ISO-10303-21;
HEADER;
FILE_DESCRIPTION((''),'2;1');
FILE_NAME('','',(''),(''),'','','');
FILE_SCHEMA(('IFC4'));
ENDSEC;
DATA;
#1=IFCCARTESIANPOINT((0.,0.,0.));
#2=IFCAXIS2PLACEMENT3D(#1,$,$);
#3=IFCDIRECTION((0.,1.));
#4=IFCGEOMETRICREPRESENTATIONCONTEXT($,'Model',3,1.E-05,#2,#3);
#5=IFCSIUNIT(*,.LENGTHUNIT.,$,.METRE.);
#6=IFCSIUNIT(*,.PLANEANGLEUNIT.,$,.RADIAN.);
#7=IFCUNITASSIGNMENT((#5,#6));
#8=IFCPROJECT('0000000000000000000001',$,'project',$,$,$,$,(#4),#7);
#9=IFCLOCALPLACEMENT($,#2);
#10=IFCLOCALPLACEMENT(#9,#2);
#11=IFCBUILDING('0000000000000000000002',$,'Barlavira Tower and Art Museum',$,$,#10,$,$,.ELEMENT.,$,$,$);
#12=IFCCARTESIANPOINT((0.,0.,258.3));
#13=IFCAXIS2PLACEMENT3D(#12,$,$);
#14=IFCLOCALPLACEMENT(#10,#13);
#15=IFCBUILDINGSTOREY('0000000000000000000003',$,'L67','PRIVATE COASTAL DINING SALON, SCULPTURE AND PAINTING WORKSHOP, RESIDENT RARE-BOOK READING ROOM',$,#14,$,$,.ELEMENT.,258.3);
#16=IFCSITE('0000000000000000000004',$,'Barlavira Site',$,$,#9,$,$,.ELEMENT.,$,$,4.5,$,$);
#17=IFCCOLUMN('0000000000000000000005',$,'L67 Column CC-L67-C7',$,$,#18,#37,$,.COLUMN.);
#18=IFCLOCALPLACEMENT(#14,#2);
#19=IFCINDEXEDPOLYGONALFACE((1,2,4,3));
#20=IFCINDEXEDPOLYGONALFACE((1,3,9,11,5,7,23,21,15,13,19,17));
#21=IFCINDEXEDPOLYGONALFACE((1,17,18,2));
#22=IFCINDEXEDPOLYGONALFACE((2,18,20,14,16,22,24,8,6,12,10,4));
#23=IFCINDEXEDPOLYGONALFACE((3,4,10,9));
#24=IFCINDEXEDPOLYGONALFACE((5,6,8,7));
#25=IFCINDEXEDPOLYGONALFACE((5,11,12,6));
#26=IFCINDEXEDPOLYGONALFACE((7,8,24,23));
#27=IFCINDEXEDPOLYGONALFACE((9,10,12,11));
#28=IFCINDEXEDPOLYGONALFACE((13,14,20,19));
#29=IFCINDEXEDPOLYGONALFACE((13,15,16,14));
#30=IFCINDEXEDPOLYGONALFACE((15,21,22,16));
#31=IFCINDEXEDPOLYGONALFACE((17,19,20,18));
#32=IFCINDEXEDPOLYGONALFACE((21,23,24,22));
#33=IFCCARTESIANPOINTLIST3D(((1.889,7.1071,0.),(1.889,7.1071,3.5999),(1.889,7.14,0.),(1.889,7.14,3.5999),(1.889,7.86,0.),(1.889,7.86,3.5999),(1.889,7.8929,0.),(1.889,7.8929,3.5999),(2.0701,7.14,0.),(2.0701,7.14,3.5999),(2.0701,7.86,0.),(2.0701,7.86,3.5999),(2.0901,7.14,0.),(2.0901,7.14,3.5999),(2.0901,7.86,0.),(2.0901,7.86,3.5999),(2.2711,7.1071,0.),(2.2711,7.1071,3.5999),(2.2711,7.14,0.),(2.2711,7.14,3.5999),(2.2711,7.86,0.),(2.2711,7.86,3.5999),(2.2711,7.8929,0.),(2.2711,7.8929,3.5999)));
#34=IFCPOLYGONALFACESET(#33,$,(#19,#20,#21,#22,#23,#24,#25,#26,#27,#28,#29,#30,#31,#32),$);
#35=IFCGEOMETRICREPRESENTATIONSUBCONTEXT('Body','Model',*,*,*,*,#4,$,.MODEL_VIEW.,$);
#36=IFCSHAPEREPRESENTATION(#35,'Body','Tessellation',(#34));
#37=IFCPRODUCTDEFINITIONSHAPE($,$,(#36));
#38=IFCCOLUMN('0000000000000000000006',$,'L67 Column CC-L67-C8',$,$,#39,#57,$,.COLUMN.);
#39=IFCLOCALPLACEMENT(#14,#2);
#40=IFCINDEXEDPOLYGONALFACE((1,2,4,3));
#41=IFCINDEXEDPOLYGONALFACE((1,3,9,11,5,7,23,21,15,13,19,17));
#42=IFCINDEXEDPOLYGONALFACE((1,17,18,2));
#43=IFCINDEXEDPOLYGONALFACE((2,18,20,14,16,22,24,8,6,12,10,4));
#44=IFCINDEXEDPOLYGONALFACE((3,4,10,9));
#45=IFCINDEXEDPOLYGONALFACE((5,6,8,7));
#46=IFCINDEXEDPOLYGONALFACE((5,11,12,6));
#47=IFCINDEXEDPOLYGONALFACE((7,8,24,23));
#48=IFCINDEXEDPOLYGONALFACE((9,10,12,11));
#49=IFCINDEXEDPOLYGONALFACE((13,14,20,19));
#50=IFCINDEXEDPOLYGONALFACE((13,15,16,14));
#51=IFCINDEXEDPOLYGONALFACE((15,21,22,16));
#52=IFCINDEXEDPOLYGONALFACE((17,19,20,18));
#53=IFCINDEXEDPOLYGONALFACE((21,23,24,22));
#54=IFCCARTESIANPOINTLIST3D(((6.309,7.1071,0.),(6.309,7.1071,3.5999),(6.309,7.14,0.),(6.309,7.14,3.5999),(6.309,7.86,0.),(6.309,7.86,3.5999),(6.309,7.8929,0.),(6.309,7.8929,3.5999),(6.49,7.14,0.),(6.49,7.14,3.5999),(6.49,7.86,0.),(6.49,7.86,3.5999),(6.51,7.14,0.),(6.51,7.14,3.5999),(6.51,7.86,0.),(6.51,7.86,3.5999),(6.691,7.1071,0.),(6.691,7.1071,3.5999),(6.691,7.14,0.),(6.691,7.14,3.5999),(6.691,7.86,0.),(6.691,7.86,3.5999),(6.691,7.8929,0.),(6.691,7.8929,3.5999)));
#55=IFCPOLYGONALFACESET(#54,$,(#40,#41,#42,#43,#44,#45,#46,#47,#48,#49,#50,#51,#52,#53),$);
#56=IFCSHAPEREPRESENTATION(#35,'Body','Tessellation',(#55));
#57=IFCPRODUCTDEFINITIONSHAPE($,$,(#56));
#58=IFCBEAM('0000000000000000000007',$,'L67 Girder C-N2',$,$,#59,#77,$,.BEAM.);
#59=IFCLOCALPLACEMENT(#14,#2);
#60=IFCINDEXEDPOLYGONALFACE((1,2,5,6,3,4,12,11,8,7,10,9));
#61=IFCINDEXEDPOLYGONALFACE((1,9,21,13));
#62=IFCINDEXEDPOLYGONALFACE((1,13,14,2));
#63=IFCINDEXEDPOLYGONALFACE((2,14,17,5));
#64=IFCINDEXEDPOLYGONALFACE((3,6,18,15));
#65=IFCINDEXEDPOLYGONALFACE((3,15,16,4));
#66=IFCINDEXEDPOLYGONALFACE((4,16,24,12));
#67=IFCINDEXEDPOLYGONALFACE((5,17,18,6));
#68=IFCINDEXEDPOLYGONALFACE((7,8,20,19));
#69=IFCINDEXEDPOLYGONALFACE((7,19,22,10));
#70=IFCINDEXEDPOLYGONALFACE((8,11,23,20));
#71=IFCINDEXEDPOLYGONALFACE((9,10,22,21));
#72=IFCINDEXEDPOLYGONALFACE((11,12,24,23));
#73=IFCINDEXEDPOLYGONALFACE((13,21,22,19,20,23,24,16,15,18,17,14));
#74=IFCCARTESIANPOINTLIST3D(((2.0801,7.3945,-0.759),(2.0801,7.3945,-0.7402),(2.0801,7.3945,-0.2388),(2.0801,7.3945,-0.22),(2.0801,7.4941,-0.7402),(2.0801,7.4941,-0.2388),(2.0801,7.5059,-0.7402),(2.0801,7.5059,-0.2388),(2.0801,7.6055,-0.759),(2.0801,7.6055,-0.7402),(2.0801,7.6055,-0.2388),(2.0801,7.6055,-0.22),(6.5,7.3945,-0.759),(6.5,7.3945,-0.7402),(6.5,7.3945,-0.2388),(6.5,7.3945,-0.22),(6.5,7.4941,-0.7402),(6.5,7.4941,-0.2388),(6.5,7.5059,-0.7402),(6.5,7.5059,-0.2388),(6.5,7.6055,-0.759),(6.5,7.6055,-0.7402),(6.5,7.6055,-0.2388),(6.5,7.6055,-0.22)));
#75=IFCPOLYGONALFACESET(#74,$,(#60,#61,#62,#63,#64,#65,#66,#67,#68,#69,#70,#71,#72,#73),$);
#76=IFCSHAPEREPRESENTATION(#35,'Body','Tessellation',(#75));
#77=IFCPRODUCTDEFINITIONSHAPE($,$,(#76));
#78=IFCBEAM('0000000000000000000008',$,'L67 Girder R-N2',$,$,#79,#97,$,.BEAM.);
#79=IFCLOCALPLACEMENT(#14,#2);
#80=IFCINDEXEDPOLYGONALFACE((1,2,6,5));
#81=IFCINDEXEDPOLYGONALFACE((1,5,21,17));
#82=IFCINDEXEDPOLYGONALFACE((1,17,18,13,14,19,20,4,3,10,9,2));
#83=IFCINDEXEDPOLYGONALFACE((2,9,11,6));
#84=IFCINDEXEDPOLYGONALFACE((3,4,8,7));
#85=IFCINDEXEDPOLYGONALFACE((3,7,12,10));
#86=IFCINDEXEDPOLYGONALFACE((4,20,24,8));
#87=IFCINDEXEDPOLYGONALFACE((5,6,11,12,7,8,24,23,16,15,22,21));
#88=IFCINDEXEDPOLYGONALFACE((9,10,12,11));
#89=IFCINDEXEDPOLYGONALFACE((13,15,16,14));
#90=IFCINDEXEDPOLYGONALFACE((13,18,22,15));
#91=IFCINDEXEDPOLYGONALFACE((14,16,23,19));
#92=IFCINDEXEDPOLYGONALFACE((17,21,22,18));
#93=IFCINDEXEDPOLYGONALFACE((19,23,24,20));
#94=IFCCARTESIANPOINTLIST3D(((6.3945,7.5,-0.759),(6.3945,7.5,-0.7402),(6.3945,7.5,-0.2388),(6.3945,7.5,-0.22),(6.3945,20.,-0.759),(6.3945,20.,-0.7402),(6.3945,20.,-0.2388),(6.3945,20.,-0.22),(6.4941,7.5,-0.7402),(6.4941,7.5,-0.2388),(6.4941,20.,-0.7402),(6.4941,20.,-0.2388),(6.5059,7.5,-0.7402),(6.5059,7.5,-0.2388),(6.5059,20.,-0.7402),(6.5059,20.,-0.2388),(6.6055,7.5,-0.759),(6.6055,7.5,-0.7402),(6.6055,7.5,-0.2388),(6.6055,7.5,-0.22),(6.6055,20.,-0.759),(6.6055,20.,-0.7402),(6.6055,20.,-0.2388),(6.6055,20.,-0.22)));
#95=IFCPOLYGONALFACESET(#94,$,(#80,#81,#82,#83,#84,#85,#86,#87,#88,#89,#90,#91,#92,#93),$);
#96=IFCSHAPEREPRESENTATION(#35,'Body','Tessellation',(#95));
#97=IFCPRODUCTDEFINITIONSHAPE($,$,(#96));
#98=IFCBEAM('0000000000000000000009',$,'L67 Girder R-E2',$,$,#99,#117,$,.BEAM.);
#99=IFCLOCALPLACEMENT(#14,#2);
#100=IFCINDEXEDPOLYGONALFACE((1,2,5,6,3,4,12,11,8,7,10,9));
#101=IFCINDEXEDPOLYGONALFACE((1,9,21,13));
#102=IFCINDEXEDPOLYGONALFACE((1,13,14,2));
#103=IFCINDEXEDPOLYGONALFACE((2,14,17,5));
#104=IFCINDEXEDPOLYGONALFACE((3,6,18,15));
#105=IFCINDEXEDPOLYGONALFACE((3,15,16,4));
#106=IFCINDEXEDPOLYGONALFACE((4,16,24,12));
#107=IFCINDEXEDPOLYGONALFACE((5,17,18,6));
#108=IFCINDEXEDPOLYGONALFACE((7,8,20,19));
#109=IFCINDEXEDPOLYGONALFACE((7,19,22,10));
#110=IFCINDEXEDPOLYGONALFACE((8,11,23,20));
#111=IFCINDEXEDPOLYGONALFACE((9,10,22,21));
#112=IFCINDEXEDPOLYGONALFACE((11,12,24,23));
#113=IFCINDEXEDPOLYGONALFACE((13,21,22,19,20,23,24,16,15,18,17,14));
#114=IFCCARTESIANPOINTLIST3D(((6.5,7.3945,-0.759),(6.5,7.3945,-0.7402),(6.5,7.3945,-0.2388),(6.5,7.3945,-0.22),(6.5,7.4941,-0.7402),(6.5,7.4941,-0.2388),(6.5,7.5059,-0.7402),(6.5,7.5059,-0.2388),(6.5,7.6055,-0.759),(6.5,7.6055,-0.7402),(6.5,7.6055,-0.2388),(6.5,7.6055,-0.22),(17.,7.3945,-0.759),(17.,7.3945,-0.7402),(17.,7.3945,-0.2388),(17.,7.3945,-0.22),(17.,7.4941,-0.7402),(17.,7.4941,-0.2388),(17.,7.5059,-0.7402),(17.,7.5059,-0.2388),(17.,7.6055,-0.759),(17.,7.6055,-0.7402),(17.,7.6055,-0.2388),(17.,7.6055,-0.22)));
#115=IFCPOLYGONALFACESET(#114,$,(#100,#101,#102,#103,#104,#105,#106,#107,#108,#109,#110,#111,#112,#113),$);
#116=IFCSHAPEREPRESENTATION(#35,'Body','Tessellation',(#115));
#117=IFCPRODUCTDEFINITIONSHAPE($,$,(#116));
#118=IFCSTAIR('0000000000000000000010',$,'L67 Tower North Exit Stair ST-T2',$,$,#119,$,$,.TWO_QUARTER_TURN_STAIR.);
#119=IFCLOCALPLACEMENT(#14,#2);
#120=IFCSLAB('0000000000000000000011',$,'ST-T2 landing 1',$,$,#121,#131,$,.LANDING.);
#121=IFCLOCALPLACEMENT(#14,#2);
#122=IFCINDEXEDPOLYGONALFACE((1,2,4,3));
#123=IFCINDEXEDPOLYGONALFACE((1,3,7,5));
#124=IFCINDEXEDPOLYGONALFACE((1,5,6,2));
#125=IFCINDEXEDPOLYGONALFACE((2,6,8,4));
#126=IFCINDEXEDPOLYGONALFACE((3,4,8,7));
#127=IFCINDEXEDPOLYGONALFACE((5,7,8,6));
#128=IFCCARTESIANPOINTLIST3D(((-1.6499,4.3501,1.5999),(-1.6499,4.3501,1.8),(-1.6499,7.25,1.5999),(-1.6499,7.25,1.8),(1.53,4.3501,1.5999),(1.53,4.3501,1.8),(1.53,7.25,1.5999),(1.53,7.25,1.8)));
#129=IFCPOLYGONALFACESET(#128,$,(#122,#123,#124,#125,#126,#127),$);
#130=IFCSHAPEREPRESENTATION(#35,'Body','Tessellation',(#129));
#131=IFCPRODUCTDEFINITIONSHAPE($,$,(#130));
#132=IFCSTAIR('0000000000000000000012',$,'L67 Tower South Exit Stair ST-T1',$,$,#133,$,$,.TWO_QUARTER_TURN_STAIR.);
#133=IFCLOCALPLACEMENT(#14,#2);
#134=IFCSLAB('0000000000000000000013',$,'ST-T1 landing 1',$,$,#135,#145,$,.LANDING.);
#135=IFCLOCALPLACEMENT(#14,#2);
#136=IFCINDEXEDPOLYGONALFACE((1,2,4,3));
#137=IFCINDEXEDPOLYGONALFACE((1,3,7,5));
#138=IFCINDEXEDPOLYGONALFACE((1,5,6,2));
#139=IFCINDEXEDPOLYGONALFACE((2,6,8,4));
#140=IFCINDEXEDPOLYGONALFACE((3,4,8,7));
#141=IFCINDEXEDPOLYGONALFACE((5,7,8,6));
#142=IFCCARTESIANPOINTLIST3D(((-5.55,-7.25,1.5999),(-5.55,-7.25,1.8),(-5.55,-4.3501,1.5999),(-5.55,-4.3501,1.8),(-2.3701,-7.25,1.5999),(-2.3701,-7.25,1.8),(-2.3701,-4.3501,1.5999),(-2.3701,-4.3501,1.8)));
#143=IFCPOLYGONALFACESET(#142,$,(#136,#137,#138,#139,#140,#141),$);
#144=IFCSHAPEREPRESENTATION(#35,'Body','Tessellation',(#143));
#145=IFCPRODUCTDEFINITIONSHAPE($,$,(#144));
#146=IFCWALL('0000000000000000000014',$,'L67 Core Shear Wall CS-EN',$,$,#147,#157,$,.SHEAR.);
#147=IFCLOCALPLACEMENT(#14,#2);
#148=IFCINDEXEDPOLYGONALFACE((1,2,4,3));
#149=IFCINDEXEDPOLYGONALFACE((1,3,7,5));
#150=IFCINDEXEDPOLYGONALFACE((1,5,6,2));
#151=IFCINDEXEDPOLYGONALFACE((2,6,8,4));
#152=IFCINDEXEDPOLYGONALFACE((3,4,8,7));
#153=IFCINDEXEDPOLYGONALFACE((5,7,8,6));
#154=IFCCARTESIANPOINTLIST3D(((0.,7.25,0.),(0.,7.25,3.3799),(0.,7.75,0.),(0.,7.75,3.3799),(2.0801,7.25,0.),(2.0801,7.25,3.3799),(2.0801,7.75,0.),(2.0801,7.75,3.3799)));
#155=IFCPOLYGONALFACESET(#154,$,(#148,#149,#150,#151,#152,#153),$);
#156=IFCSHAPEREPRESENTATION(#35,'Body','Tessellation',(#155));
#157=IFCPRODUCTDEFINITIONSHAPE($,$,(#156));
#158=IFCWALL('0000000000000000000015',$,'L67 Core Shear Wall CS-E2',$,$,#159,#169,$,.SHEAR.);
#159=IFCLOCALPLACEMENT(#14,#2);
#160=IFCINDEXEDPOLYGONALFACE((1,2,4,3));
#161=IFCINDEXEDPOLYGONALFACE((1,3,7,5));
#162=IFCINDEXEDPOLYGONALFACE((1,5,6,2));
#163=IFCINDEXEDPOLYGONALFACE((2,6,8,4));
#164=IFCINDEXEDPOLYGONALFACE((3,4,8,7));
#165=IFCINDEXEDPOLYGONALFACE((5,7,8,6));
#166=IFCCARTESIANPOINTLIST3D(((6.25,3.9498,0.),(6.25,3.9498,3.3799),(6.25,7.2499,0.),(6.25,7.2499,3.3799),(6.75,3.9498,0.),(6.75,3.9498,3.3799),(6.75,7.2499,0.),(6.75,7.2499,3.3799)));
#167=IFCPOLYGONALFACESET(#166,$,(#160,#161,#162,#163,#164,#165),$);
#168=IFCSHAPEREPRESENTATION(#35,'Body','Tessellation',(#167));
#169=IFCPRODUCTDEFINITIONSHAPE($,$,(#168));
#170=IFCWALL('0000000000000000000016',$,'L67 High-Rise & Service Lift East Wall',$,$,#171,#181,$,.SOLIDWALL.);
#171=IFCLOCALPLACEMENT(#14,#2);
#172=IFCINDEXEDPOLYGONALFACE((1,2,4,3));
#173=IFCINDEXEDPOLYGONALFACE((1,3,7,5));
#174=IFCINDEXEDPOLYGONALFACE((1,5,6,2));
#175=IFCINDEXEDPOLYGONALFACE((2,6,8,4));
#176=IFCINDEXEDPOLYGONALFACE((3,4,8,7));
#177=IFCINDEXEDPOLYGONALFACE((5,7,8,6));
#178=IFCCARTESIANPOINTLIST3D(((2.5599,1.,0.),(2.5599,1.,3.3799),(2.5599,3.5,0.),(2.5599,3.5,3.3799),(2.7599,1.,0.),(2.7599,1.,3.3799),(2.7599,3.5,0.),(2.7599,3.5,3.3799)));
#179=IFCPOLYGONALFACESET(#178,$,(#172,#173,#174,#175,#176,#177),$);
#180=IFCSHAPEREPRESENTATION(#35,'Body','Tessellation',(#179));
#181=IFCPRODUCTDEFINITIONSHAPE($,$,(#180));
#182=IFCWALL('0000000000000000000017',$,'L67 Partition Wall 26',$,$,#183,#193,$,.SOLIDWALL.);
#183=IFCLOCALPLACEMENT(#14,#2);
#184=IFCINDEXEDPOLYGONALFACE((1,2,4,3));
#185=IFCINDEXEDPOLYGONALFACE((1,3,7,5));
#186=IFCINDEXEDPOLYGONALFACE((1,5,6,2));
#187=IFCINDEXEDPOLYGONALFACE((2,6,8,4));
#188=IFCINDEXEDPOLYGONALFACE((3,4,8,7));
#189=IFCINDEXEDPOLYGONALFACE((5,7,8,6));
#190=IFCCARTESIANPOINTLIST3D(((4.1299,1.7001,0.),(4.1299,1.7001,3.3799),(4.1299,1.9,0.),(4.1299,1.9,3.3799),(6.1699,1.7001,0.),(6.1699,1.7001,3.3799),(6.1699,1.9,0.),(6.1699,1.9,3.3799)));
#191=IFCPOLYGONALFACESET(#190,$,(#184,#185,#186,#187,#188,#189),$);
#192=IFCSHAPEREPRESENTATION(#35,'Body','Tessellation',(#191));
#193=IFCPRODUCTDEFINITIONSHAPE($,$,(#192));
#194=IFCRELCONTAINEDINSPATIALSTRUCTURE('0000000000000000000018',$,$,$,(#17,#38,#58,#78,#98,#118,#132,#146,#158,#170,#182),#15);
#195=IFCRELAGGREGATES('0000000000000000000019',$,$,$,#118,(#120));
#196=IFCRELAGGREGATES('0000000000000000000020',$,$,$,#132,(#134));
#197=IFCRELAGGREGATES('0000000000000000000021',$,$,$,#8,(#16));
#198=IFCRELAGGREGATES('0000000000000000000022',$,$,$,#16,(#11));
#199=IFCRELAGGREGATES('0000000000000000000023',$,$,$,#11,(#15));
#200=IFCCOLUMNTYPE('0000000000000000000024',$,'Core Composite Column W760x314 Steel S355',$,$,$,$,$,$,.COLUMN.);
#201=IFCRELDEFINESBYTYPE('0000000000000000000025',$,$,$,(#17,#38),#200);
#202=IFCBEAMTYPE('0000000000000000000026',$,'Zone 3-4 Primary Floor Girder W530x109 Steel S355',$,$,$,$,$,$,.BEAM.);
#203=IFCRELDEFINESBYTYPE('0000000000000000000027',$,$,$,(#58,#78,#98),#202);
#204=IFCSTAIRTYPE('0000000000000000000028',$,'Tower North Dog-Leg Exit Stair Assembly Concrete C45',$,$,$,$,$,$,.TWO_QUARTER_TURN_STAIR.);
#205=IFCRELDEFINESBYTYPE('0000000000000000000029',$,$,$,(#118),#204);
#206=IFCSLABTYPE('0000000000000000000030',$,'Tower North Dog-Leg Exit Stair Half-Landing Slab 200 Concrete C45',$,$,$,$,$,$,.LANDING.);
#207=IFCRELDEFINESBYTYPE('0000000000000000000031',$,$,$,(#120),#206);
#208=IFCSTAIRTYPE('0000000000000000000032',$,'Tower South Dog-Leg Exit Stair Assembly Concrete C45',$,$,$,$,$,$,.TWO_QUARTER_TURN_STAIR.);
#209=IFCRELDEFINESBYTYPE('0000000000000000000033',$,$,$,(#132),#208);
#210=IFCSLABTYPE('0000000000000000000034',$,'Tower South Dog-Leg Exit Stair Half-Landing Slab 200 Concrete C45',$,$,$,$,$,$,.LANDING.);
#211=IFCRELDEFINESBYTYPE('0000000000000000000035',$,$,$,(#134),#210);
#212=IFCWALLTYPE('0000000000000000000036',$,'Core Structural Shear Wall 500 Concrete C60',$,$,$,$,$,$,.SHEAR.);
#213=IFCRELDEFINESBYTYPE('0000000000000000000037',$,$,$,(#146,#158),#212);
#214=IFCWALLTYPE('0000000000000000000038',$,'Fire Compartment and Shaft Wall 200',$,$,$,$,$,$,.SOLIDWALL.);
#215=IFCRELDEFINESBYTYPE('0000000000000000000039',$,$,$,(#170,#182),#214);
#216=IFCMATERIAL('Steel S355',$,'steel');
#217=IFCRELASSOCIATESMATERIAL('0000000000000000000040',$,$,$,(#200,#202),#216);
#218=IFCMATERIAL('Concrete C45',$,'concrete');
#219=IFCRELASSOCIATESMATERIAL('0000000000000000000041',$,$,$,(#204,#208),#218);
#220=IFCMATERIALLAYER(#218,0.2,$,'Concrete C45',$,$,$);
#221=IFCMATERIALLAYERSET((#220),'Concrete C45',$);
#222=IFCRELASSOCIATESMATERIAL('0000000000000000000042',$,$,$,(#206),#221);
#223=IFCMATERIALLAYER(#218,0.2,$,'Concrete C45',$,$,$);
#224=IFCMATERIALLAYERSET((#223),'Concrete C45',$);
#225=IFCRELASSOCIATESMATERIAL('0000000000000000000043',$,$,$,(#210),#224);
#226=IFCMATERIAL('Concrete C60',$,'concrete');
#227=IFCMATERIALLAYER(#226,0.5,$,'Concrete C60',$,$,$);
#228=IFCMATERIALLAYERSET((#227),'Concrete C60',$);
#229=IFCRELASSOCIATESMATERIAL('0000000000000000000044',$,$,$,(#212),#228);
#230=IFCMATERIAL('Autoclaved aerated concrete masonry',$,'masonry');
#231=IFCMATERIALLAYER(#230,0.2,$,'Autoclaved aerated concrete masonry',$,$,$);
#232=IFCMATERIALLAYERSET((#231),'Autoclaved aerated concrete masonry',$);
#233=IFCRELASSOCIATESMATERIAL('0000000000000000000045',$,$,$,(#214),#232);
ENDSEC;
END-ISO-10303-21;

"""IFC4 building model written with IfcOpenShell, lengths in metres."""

from ifc_helpers import new_model, si_unit, direction, frame, frame_2d, origin, origin_2d, place, context, subcontext, project, spatial, polyline, rectangle, i_section, outline, extrude, material, layer, layer_set, material_profile, profile_set, type_object, element, aggregate, save


model = new_model("IFC4")

# Units and contexts
model_context = context("Model", 3, precision=1e-05, world=origin(), true_north=direction((0.0, 1.0)))
body_context = subcontext(model_context, "Body", "Model", "MODEL_VIEW")
ifc_project = project(units=[si_unit("LENGTHUNIT", "METRE"), si_unit("PLANEANGLEUNIT", "RADIAN")], contexts=[model_context])

# Site, building, storey
site_placement = place(None, origin())
site = spatial("IfcSite", under=ifc_project, at=site_placement, Name="Barlavira Site", CompositionType="ELEMENT", RefElevation=4.5)
building_placement = place(site_placement, origin())
building = spatial("IfcBuilding", under=site, at=building_placement, Name="Barlavira Tower and Art Museum", CompositionType="ELEMENT")
storey_placement = place(building_placement, frame((0.0, 0.0, 258.3)))
storey = spatial("IfcBuildingStorey", under=building, at=storey_placement, Name="L67", Description="PRIVATE COASTAL DINING SALON, SCULPTURE AND PAINTING WORKSHOP, RESIDENT RARE-BOOK READING ROOM", CompositionType="ELEMENT", Elevation=258.3)

# Columns
ifc_material_1 = material(Name="Steel S355", Category="steel")
ifc_material_profile_1 = material_profile(ifc_material_1, i_section(OverallWidth=0.3821, OverallDepth=0.7859, WebThickness=0.02, FlangeThickness=0.033, at=origin_2d()), Name="W760x314.0")
ifc_profile_set_1 = profile_set([ifc_material_profile_1], Name="Steel S355")
column_type = type_object("IfcColumnType", Name="Core Composite Column W760x314 Steel S355", PredefinedType="COLUMN", material=ifc_profile_set_1)
for number, where, z_axis, x_axis, name in (
    (1, (2.0801, 7.5, 0.0), (0.0, 0.0, 1.0), (1.0, 0.0, 0.0), "L67 Column CC-L67-C7"),
    (2, (6.5, 7.5, 0.0), (0.0, 0.0, 1.0), (1.0, 0.0, 0.0), "L67 Column CC-L67-C8"),
):
    element("IfcColumn", number, at=place(storey_placement, frame(where, z_axis=z_axis, x_axis=x_axis)), inside=storey, type_object=column_type, Name=name, PredefinedType="COLUMN", context=body_context, shape_type="SweptSolid", body=[
        extrude(i_section(OverallWidth=0.3821, OverallDepth=0.7859, WebThickness=0.02, FlangeThickness=0.033, at=origin_2d()), origin(), (0.0, 0.0, 1.0), 3.5999),
    ])

# Beams
ifc_material_profile_2 = material_profile(ifc_material_1, i_section(OverallWidth=0.2109, OverallDepth=0.5391, WebThickness=0.0117, FlangeThickness=0.0188, at=origin_2d()), Name="W530x109.0")
ifc_profile_set_2 = profile_set([ifc_material_profile_2], Name="Steel S355")
beam_type = type_object("IfcBeamType", Name="Zone 3-4 Primary Floor Girder W530x109 Steel S355", PredefinedType="BEAM", material=ifc_profile_set_2)
beam_1_placement = place(storey_placement, frame((2.0801, 7.5, -0.4895), z_axis=(1.0, 0.0, 0.0), x_axis=(0.0, 1.0, 0.0)))
element("IfcBeam", 3, at=beam_1_placement, inside=storey, type_object=beam_type, Name="L67 Girder C-N2", PredefinedType="BEAM", context=body_context, shape_type="SweptSolid", body=[
    extrude(i_section(OverallWidth=0.2109, OverallDepth=0.5391, WebThickness=0.0117, FlangeThickness=0.0188, at=origin_2d()), origin(), (0.0, 0.0, 1.0), 4.4199),
])
beam_2_placement = place(storey_placement, frame((6.5, 7.5, -0.4895), z_axis=(0.0, 1.0, 0.0), x_axis=(-1.0, 0.0, 0.0)))
element("IfcBeam", 4, at=beam_2_placement, inside=storey, type_object=beam_type, Name="L67 Girder R-N2", PredefinedType="BEAM", context=body_context, shape_type="SweptSolid", body=[
    extrude(i_section(OverallWidth=0.2109, OverallDepth=0.5391, WebThickness=0.0117, FlangeThickness=0.0188, at=origin_2d()), origin(), (0.0, 0.0, 1.0), 12.5),
])
beam_3_placement = place(storey_placement, frame((6.5, 7.5, -0.4895), z_axis=(1.0, 0.0, 0.0), x_axis=(0.0, 1.0, 0.0)))
element("IfcBeam", 5, at=beam_3_placement, inside=storey, type_object=beam_type, Name="L67 Girder R-E2", PredefinedType="BEAM", context=body_context, shape_type="SweptSolid", body=[
    extrude(i_section(OverallWidth=0.2109, OverallDepth=0.5391, WebThickness=0.0117, FlangeThickness=0.0188, at=origin_2d()), origin(), (0.0, 0.0, 1.0), 10.5),
])

# Stairs, slabs
ifc_material_2 = material(Name="Concrete C45", Category="concrete")
stair_type_1 = type_object("IfcStairType", Name="Tower North Dog-Leg Exit Stair Assembly Concrete C45", PredefinedType="TWO_QUARTER_TURN_STAIR", material=ifc_material_2)
stair_1_placement = place(storey_placement, origin())
stair_1 = element("IfcStair", 6, at=stair_1_placement, inside=storey, type_object=stair_type_1, Name="L67 Tower North Exit Stair ST-T2", PredefinedType="TWO_QUARTER_TURN_STAIR")
ifc_layer_1 = layer(ifc_material_2, 0.2, Name="Concrete C45")
ifc_layer_set_1 = layer_set([ifc_layer_1], Name="Concrete C45")
slab_type_1 = type_object("IfcSlabType", Name="Tower North Dog-Leg Exit Stair Half-Landing Slab 200 Concrete C45", PredefinedType="LANDING", material=ifc_layer_set_1)
slab_1_placement = place(storey_placement, frame((0.0, 0.0, 1.5999)))
slab_1 = element("IfcSlab", 7, at=slab_1_placement, type_object=slab_type_1, Name="ST-T2 landing 1", PredefinedType="LANDING", context=body_context, shape_type="SweptSolid", body=[
    extrude(outline(polyline([(-1.6499, 4.3501), (1.53, 4.3501), (1.53, 7.25), (-1.6499, 7.25), (-1.6499, 4.3501)])), origin(), (0.0, 0.0, 1.0), 0.2002),
])
aggregate(stair_1, [slab_1])
stair_type_2 = type_object("IfcStairType", Name="Tower South Dog-Leg Exit Stair Assembly Concrete C45", PredefinedType="TWO_QUARTER_TURN_STAIR", material=ifc_material_2)
stair_2_placement = place(storey_placement, origin())
stair_2 = element("IfcStair", 8, at=stair_2_placement, inside=storey, type_object=stair_type_2, Name="L67 Tower South Exit Stair ST-T1", PredefinedType="TWO_QUARTER_TURN_STAIR")
ifc_layer_2 = layer(ifc_material_2, 0.2, Name="Concrete C45")
ifc_layer_set_2 = layer_set([ifc_layer_2], Name="Concrete C45")
slab_type_2 = type_object("IfcSlabType", Name="Tower South Dog-Leg Exit Stair Half-Landing Slab 200 Concrete C45", PredefinedType="LANDING", material=ifc_layer_set_2)
slab_2_placement = place(storey_placement, frame((0.0, 0.0, 1.5999)))
slab_2 = element("IfcSlab", 9, at=slab_2_placement, type_object=slab_type_2, Name="ST-T1 landing 1", PredefinedType="LANDING", context=body_context, shape_type="SweptSolid", body=[
    extrude(outline(polyline([(-2.3701, -4.3501), (-5.55, -4.3501), (-5.55, -7.25), (-2.3701, -7.25), (-2.3701, -4.3501)])), origin(), (0.0, 0.0, 1.0), 0.2002),
])
aggregate(stair_2, [slab_2])

# Walls
ifc_material_3 = material(Name="Concrete C60", Category="concrete")
ifc_layer_3 = layer(ifc_material_3, 0.5, Name="Concrete C60")
ifc_layer_set_3 = layer_set([ifc_layer_3], Name="Concrete C60")
wall_type_1 = type_object("IfcWallType", Name="Core Structural Shear Wall 500 Concrete C60", PredefinedType="SHEAR", material=ifc_layer_set_3)
wall_1_placement = place(storey_placement, frame((0.0, 7.5, 0.0), z_axis=(0.0, 0.0, 1.0), x_axis=(1.0, 0.0, 0.0)))
element("IfcWall", 10, at=wall_1_placement, inside=storey, type_object=wall_type_1, Name="L67 Core Shear Wall CS-EN", PredefinedType="SHEAR", context=body_context, shape_type="SweptSolid", body=[
    extrude(rectangle(XDim=2.0801, YDim=0.5, at=frame_2d((1.04, 0.0))), origin(), (0.0, 0.0, 1.0), 3.3799),
])
wall_2_placement = place(storey_placement, frame((6.5, 3.95, 0.0), z_axis=(0.0, 0.0, 1.0), x_axis=(0.0, 1.0, 0.0)))
element("IfcWall", 11, at=wall_2_placement, inside=storey, type_object=wall_type_1, Name="L67 Core Shear Wall CS-E2", PredefinedType="SHEAR", context=body_context, shape_type="SweptSolid", body=[
    extrude(rectangle(XDim=3.3, YDim=0.5, at=frame_2d((1.6499, 0.0))), origin(), (0.0, 0.0, 1.0), 3.3799),
])
ifc_material_4 = material(Name="Autoclaved aerated concrete masonry", Category="masonry")
ifc_layer_4 = layer(ifc_material_4, 0.2, Name="Autoclaved aerated concrete masonry")
ifc_layer_set_4 = layer_set([ifc_layer_4], Name="Autoclaved aerated concrete masonry")
wall_type_2 = type_object("IfcWallType", Name="Fire Compartment and Shaft Wall 200", PredefinedType="SOLIDWALL", material=ifc_layer_set_4)
wall_3_placement = place(storey_placement, frame((2.6599, 1.0, 0.0), z_axis=(0.0, 0.0, 1.0), x_axis=(0.0, 1.0, 0.0)))
element("IfcWall", 12, at=wall_3_placement, inside=storey, type_object=wall_type_2, Name="L67 High-Rise & Service Lift East Wall", PredefinedType="SOLIDWALL", context=body_context, shape_type="SweptSolid", body=[
    extrude(rectangle(XDim=2.5, YDim=0.2, at=frame_2d((1.25, 0.0))), origin(), (0.0, 0.0, 1.0), 3.3799),
])

# Wall
for number, where, z_axis, x_axis, name in (
    (13, (4.1299, 1.8, 0.0), (0.0, 0.0, 1.0), (1.0, 0.0, 0.0), "L67 Partition Wall 26"),
):
    element("IfcWall", number, at=place(storey_placement, frame(where, z_axis=z_axis, x_axis=x_axis)), inside=storey, type_object=wall_type_2, Name=name, PredefinedType="SOLIDWALL", context=body_context, shape_type="SweptSolid", body=[
        extrude(rectangle(XDim=2.04, YDim=0.2, at=frame_2d((1.02, 0.0))), origin(), (0.0, 0.0, 1.0), 3.3799),
    ])

save(model, "model.ifc")
